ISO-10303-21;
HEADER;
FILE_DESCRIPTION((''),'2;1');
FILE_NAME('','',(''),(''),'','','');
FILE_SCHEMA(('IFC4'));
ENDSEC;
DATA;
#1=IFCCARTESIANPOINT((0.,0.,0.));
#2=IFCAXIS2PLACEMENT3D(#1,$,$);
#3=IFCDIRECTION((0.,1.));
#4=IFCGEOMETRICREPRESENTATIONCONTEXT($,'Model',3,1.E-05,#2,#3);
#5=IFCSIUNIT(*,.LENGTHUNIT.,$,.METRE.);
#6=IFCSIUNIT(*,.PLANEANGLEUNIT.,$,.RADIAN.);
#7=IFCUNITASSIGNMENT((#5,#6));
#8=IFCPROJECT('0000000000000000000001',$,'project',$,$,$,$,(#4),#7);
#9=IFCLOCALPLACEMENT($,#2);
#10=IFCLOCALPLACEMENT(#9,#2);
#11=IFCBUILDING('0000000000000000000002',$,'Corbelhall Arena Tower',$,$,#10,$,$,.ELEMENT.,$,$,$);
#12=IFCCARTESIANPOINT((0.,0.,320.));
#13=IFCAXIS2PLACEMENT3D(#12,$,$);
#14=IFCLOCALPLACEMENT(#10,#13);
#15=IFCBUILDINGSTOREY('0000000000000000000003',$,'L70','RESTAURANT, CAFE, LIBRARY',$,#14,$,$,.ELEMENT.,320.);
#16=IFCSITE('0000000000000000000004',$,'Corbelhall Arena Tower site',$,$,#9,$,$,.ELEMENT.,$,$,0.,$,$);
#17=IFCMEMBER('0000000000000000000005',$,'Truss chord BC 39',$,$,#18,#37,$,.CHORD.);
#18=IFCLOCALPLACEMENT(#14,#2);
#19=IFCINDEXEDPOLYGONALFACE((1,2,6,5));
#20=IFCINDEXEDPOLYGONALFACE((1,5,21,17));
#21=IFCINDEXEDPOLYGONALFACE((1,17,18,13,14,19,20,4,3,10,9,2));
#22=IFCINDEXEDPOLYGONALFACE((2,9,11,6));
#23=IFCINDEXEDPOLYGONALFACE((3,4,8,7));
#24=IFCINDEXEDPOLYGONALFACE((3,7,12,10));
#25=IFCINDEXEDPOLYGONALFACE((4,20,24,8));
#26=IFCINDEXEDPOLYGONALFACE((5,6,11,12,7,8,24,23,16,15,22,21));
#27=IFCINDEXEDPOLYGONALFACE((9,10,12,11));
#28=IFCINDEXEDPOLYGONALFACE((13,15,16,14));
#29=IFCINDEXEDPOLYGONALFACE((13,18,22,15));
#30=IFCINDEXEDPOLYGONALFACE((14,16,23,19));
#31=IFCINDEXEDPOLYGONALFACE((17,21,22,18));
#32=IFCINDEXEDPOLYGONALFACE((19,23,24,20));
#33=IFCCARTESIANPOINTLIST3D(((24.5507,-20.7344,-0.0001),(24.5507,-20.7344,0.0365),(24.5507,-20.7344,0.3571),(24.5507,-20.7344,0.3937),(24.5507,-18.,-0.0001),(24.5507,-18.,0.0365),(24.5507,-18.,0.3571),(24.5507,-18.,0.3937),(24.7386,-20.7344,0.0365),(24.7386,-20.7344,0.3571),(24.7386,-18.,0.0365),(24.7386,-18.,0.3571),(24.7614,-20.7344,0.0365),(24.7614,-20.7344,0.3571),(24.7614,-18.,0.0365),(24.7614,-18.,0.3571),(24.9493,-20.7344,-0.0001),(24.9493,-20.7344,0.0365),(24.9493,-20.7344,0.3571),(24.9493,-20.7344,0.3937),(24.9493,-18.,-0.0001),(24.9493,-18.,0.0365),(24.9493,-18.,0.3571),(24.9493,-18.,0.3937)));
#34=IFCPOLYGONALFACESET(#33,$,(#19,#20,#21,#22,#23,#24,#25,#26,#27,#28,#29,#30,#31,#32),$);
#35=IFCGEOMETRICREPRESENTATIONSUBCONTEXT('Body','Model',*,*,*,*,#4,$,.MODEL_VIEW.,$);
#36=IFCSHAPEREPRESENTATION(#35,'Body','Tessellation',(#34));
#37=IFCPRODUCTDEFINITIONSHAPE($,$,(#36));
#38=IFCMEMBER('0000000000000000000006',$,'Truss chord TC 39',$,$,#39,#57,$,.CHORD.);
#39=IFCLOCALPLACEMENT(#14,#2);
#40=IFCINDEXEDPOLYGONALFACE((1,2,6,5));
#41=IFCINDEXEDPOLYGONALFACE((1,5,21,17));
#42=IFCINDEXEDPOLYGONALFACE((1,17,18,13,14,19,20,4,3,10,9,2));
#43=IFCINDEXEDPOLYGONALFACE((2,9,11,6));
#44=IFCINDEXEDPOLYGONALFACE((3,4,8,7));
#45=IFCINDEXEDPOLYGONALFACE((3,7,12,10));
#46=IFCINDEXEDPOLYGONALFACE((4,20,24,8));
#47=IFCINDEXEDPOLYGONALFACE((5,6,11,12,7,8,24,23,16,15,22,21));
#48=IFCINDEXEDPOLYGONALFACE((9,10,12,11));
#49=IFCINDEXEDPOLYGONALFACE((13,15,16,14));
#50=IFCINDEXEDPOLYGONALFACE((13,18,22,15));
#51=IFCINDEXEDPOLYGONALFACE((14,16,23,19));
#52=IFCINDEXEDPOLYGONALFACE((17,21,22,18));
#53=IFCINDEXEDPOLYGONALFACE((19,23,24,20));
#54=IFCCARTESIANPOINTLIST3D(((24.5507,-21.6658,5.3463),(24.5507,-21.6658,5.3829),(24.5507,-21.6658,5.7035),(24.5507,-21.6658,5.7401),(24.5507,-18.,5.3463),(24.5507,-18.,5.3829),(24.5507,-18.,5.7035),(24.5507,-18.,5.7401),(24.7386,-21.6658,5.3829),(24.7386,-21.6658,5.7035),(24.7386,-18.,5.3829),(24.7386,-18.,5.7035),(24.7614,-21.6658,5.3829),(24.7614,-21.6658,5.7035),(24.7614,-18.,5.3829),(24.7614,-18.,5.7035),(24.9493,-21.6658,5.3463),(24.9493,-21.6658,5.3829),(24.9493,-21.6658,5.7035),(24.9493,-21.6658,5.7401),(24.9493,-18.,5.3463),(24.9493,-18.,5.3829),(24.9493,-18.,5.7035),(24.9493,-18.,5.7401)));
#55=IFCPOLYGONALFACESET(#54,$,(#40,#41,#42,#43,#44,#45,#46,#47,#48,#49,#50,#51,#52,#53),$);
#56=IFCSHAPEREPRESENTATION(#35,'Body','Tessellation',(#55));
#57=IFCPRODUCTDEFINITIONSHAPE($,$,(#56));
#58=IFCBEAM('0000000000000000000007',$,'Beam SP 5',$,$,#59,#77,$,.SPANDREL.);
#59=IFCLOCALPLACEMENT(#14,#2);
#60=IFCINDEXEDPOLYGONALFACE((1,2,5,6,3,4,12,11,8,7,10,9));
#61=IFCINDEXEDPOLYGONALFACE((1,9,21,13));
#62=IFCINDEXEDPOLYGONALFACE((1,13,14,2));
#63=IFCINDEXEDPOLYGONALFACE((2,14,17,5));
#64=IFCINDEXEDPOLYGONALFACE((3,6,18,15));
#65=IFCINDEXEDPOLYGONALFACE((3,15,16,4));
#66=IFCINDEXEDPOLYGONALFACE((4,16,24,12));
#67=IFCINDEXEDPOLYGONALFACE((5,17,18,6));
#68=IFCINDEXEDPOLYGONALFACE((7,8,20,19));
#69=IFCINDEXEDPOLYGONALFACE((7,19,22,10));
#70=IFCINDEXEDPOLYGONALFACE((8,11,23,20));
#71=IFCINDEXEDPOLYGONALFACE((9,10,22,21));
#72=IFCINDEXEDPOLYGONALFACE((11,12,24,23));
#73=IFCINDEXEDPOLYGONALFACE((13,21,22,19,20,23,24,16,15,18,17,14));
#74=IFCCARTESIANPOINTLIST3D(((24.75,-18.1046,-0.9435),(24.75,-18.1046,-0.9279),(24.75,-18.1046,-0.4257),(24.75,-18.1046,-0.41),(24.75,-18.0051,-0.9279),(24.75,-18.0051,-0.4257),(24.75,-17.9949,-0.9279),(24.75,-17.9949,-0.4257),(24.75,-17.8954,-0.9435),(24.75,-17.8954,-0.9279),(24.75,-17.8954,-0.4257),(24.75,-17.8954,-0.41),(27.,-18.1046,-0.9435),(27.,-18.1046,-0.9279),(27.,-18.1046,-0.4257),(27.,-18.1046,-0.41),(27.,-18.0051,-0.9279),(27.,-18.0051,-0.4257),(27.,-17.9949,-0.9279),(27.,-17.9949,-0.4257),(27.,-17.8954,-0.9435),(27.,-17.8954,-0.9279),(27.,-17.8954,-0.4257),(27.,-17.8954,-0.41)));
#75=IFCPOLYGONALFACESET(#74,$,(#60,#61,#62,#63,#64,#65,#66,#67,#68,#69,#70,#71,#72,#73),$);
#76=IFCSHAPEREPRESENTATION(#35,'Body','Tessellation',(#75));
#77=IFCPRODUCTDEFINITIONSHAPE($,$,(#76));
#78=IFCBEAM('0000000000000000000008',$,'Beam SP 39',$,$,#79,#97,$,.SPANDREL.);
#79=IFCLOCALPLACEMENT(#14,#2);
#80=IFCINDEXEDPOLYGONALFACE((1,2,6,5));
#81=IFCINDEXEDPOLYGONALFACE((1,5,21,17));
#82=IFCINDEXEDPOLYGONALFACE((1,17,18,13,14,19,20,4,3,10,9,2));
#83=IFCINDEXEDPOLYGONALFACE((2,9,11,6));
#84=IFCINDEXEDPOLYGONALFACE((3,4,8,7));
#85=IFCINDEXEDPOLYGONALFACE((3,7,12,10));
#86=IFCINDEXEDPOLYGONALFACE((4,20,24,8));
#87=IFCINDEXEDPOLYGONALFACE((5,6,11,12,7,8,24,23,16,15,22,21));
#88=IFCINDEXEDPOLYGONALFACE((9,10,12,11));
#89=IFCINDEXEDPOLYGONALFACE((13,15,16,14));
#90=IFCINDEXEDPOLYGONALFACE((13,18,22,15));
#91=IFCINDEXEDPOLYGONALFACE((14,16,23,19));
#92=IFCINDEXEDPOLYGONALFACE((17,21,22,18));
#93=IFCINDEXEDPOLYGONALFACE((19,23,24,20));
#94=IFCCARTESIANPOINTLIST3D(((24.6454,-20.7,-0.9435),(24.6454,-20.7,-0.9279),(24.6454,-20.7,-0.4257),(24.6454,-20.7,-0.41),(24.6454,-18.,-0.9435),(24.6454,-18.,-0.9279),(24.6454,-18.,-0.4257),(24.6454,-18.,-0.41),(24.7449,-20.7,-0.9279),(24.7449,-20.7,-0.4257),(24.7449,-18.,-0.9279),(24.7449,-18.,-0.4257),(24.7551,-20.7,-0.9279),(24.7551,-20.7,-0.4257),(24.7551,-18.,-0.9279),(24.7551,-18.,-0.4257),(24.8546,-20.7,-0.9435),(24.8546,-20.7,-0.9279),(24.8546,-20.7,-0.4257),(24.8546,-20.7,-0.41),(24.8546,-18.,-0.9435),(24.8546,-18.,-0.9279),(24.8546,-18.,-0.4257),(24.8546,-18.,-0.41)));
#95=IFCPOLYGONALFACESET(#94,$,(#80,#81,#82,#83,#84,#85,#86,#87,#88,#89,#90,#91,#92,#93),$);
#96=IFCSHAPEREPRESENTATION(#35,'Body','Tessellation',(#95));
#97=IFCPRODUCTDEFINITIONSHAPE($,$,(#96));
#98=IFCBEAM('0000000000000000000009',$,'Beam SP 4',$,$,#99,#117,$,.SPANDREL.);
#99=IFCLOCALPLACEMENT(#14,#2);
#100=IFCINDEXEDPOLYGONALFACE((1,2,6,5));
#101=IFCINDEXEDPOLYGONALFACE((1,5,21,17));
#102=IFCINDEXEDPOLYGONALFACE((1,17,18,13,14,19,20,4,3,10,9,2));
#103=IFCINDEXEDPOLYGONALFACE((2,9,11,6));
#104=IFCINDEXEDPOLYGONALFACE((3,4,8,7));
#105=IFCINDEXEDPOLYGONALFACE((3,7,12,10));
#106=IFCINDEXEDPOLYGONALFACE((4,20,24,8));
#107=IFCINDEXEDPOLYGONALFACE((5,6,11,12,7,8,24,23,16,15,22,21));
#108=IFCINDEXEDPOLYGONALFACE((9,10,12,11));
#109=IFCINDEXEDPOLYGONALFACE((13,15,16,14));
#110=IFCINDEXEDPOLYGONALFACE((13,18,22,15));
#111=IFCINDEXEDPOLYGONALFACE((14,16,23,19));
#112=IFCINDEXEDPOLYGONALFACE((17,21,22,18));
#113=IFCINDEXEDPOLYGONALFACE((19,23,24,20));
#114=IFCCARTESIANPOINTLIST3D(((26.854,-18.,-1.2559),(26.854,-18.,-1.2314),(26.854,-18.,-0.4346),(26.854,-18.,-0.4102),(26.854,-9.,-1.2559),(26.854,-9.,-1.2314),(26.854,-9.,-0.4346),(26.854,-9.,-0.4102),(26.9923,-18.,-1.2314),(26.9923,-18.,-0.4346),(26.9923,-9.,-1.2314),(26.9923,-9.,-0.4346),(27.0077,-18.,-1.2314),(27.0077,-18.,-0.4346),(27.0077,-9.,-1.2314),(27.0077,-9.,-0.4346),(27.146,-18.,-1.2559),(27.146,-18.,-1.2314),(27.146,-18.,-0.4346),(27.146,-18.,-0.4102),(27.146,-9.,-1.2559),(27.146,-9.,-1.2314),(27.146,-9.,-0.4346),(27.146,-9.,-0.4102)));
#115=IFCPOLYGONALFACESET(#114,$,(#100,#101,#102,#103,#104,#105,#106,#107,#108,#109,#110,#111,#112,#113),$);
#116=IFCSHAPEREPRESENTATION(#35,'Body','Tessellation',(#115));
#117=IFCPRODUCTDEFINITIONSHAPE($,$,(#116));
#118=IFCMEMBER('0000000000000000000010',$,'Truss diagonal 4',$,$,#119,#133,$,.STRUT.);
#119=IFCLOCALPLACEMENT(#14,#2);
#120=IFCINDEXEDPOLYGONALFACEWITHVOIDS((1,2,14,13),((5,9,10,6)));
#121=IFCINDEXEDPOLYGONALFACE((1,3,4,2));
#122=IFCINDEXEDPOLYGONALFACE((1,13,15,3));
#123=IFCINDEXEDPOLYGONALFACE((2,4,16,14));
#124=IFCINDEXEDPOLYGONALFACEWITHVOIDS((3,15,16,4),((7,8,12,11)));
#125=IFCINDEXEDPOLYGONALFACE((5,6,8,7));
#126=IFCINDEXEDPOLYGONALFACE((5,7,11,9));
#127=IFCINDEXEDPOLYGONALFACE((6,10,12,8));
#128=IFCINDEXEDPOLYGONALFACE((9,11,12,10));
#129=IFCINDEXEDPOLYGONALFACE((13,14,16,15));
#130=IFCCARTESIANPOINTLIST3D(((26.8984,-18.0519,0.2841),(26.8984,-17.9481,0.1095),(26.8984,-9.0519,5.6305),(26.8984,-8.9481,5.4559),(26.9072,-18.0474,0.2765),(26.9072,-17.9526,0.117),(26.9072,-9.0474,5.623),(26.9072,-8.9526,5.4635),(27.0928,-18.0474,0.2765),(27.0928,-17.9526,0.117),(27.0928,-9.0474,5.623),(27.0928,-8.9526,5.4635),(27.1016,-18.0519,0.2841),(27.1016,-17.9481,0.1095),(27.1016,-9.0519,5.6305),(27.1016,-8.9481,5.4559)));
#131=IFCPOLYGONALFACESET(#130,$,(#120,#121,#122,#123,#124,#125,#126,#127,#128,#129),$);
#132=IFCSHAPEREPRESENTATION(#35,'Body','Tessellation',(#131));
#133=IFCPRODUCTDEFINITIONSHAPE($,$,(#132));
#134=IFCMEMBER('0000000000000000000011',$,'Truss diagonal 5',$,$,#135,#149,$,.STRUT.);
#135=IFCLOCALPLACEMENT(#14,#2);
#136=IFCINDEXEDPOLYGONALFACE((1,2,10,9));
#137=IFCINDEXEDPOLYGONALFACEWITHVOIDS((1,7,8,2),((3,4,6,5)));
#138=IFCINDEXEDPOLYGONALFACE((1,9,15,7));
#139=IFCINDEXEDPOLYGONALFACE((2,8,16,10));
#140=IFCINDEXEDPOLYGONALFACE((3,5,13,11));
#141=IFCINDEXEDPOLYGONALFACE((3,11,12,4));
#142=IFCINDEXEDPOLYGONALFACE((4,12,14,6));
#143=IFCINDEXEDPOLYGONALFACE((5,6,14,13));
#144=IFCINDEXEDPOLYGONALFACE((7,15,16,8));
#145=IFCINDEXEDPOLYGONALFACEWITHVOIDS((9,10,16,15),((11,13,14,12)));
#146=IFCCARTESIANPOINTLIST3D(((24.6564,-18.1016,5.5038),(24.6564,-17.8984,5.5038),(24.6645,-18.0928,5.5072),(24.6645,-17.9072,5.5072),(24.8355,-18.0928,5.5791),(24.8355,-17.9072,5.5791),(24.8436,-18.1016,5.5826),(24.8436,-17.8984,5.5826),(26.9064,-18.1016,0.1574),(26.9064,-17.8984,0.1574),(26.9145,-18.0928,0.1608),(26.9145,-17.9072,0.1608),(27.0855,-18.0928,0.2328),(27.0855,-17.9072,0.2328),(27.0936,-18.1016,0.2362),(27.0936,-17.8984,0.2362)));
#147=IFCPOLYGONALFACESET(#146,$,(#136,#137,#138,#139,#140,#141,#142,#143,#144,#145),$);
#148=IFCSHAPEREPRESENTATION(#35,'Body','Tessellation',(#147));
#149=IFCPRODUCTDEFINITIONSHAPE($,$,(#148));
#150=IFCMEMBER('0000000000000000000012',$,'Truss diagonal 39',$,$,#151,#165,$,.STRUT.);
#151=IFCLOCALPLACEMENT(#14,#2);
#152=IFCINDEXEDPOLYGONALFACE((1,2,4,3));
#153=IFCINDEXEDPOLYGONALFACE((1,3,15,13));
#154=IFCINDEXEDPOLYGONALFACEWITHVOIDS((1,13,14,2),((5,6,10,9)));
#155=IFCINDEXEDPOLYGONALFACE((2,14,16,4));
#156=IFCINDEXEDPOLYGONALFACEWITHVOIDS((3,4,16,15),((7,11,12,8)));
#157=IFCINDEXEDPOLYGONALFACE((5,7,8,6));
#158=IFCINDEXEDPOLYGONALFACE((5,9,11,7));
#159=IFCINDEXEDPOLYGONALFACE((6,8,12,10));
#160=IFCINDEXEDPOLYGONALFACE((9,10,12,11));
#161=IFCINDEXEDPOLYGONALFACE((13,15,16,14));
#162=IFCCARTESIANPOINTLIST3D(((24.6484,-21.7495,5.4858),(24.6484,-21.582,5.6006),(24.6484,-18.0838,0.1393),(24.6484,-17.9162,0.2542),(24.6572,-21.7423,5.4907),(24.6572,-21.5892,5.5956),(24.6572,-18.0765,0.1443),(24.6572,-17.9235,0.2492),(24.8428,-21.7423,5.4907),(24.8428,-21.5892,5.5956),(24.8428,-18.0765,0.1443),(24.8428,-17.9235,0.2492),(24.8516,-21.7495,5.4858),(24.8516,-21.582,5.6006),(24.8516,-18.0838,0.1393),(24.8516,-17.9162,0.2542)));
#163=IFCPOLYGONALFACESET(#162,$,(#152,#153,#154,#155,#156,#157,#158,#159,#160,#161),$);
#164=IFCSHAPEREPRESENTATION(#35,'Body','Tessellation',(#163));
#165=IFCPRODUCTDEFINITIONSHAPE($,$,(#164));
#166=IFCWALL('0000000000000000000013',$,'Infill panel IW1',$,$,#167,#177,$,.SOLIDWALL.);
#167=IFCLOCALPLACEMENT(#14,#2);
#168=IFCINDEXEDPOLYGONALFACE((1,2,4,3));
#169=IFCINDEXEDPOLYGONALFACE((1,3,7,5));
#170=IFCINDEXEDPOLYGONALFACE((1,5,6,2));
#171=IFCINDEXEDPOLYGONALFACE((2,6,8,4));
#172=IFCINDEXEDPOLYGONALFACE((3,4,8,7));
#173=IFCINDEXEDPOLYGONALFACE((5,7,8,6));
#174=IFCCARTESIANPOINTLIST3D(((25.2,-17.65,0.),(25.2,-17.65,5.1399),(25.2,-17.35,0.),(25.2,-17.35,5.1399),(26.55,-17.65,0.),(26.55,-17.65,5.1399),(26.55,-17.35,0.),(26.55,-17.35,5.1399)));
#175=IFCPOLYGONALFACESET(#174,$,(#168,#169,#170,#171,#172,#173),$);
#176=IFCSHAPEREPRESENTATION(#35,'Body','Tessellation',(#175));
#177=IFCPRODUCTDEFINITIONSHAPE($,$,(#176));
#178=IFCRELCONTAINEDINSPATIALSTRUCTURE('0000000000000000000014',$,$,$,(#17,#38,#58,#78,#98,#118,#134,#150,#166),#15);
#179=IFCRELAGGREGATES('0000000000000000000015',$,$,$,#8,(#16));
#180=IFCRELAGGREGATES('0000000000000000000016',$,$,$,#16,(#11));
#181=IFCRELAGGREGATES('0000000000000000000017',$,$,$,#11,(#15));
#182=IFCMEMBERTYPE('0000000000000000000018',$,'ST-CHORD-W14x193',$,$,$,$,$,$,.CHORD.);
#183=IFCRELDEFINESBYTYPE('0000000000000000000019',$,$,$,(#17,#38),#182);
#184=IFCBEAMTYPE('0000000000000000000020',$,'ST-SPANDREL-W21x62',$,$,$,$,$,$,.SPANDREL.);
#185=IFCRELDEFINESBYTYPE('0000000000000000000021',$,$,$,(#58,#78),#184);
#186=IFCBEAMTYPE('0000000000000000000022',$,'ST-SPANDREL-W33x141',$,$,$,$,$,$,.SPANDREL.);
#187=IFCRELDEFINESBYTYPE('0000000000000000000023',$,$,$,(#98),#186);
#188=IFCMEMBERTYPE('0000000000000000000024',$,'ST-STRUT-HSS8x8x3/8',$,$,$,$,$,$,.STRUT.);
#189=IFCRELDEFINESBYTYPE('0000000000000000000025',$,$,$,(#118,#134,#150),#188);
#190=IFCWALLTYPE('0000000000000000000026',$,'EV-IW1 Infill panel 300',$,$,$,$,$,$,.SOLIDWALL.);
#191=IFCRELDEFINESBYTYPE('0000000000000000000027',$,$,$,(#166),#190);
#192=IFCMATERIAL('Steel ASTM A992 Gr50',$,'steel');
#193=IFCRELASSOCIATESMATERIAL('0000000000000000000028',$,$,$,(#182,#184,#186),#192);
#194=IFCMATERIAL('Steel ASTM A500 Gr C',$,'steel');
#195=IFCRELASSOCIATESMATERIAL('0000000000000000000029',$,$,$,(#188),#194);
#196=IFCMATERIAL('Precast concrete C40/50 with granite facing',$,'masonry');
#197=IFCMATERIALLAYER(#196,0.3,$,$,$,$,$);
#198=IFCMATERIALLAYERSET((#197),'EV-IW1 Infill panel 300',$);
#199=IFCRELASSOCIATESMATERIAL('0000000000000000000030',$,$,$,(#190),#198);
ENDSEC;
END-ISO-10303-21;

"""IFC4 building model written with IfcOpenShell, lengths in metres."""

from ifc_helpers import new_model, si_unit, direction, frame, frame_2d, origin, origin_2d, place, context, subcontext, project, spatial, rectangle, hollow_rectangle, i_section, extrude, material, layer, layer_set, material_profile, profile_set, type_object, element, save


model = new_model("IFC4")

# Units and contexts
model_context = context("Model", 3, precision=1e-05, world=origin(), true_north=direction((0.0, 1.0)))
body_context = subcontext(model_context, "Body", "Model", "MODEL_VIEW")
ifc_project = project(units=[si_unit("LENGTHUNIT", "METRE"), si_unit("PLANEANGLEUNIT", "RADIAN")], contexts=[model_context])

# Site, building, storey
site_placement = place(None, origin())
site = spatial("IfcSite", under=ifc_project, at=site_placement, Name="Corbelhall Arena Tower site", CompositionType="ELEMENT", RefElevation=0.0)
building_placement = place(site_placement, origin())
building = spatial("IfcBuilding", under=site, at=building_placement, Name="Corbelhall Arena Tower", CompositionType="ELEMENT")
storey_placement = place(building_placement, frame((0.0, 0.0, 320.0)))
storey = spatial("IfcBuildingStorey", under=building, at=storey_placement, Name="L70", Description="RESTAURANT, CAFE, LIBRARY", CompositionType="ELEMENT", Elevation=320.0)

# Shared definitions
ifc_material_1 = material(Name="Steel ASTM A992 Gr50", Category="steel")

# Members
ifc_material_profile_1 = material_profile(ifc_material_1, i_section(OverallWidth=0.3987, OverallDepth=0.3938, WebThickness=0.0227, FlangeThickness=0.0366, at=origin_2d()))
ifc_profile_set_1 = profile_set([ifc_material_profile_1], Name="Steel ASTM A992 Gr50")
member_type_1 = type_object("IfcMemberType", Name="ST-CHORD-W14x193", PredefinedType="CHORD", material=ifc_profile_set_1)
member_1_placement = place(storey_placement, frame((24.75, -18.0, 0.1968), z_axis=(0.0, -1.0, 0.0), x_axis=(1.0, 0.0, 0.0)))
element("IfcMember", 1, at=member_1_placement, inside=storey, type_object=member_type_1, Name="Truss chord BC 39", PredefinedType="CHORD", context=body_context, shape_type="SweptSolid", body=[
    extrude(i_section(OverallWidth=0.3987, OverallDepth=0.3938, WebThickness=0.0227, FlangeThickness=0.0366, at=origin_2d()), origin(), (0.0, 0.0, 1.0), 2.7344),
])
member_2_placement = place(storey_placement, frame((24.75, -18.0, 5.5432), z_axis=(0.0, -1.0, 0.0), x_axis=(1.0, 0.0, 0.0)))
element("IfcMember", 2, at=member_2_placement, inside=storey, type_object=member_type_1, Name="Truss chord TC 39", PredefinedType="CHORD", context=body_context, shape_type="SweptSolid", body=[
    extrude(i_section(OverallWidth=0.3987, OverallDepth=0.3938, WebThickness=0.0227, FlangeThickness=0.0366, at=origin_2d()), origin(), (0.0, 0.0, 1.0), 3.6658),
])

# Beams
ifc_material_profile_2 = material_profile(ifc_material_1, i_section(OverallWidth=0.2092, OverallDepth=0.5334, WebThickness=0.0103, FlangeThickness=0.0156, at=origin_2d()))
ifc_profile_set_2 = profile_set([ifc_material_profile_2], Name="Steel ASTM A992 Gr50")
beam_type_1 = type_object("IfcBeamType", Name="ST-SPANDREL-W21x62", PredefinedType="SPANDREL", material=ifc_profile_set_2)
beam_1_placement = place(storey_placement, frame((27.0, -18.0, -0.6768), z_axis=(-1.0, 0.0, 0.0), x_axis=(0.0, -1.0, 0.0)))
element("IfcBeam", 3, at=beam_1_placement, inside=storey, type_object=beam_type_1, Name="Beam SP 5", PredefinedType="SPANDREL", context=body_context, shape_type="SweptSolid", body=[
    extrude(i_section(OverallWidth=0.2092, OverallDepth=0.5334, WebThickness=0.0103, FlangeThickness=0.0156, at=origin_2d()), origin(), (0.0, 0.0, 1.0), 2.25),
])
beam_2_placement = place(storey_placement, frame((24.75, -18.0, -0.6768), z_axis=(0.0, -1.0, 0.0), x_axis=(1.0, 0.0, 0.0)))
element("IfcBeam", 4, at=beam_2_placement, inside=storey, type_object=beam_type_1, Name="Beam SP 39", PredefinedType="SPANDREL", context=body_context, shape_type="SweptSolid", body=[
    extrude(i_section(OverallWidth=0.2092, OverallDepth=0.5334, WebThickness=0.0103, FlangeThickness=0.0156, at=origin_2d()), origin(), (0.0, 0.0, 1.0), 2.7),
])
ifc_material_profile_3 = material_profile(ifc_material_1, i_section(OverallWidth=0.292, OverallDepth=0.8457, WebThickness=0.0154, FlangeThickness=0.0244, at=origin_2d()))
ifc_profile_set_3 = profile_set([ifc_material_profile_3], Name="Steel ASTM A992 Gr50")
beam_type_2 = type_object("IfcBeamType", Name="ST-SPANDREL-W33x141", PredefinedType="SPANDREL", material=ifc_profile_set_3)
beam_3_placement = place(storey_placement, frame((27.0, -9.0, -0.833), z_axis=(0.0, -1.0, 0.0), x_axis=(1.0, 0.0, 0.0)))
element("IfcBeam", 5, at=beam_3_placement, inside=storey, type_object=beam_type_2, Name="Beam SP 4", PredefinedType="SPANDREL", context=body_context, shape_type="SweptSolid", body=[
    extrude(i_section(OverallWidth=0.292, OverallDepth=0.8457, WebThickness=0.0154, FlangeThickness=0.0244, at=origin_2d()), origin(), (0.0, 0.0, 1.0), 9.0),
])

# Members
ifc_material_2 = material(Name="Steel ASTM A500 Gr C", Category="steel")
ifc_material_profile_4 = material_profile(ifc_material_2, hollow_rectangle(XDim=0.2031, YDim=0.2031, WallThickness=0.0088, at=origin_2d()))
ifc_profile_set_4 = profile_set([ifc_material_profile_4], Name="Steel ASTM A500 Gr C")
member_type_2 = type_object("IfcMemberType", Name="ST-STRUT-HSS8x8x3/8", PredefinedType="STRUT", material=ifc_profile_set_4)
member_3_placement = place(storey_placement, frame((27.0, -18.0, 0.1968), z_axis=(0.0, 0.859742, 0.510728), x_axis=(-1.0, 0.0, 0.0)))
element("IfcMember", 6, at=member_3_placement, inside=storey, type_object=member_type_2, Name="Truss diagonal 4", PredefinedType="STRUT", context=body_context, shape_type="SweptSolid", body=[
    extrude(hollow_rectangle(XDim=0.2031, YDim=0.2031, WallThickness=0.0088, at=origin_2d()), origin(), (0.0, 0.0, 1.0), 10.4683),
])
member_4_placement = place(storey_placement, frame((27.0, -18.0, 0.1968), z_axis=(-0.387891, 0.0, 0.921705), x_axis=(0.0, -1.0, 0.0)))
element("IfcMember", 7, at=member_4_placement, inside=storey, type_object=member_type_2, Name="Truss diagonal 5", PredefinedType="STRUT", context=body_context, shape_type="SweptSolid", body=[
    extrude(hollow_rectangle(XDim=0.2031, YDim=0.2031, WallThickness=0.0088, at=origin_2d()), origin(), (0.0, 0.0, 1.0), 5.8005),
])
member_5_placement = place(storey_placement, frame((24.75, -18.0, 0.1968), z_axis=(0.0, -0.565491, 0.824754), x_axis=(1.0, 0.0, 0.0)))
element("IfcMember", 8, at=member_5_placement, inside=storey, type_object=member_type_2, Name="Truss diagonal 39", PredefinedType="STRUT", context=body_context, shape_type="SweptSolid", body=[
    extrude(hollow_rectangle(XDim=0.2031, YDim=0.2031, WallThickness=0.0088, at=origin_2d()), origin(), (0.0, 0.0, 1.0), 6.4824),
])

# Wall
ifc_material_3 = material(Name="Precast concrete C40/50 with granite facing", Category="masonry")
ifc_layer_1 = layer(ifc_material_3, 0.3)
ifc_layer_set_1 = layer_set([ifc_layer_1], Name="EV-IW1 Infill panel 300")
wall_type_1 = type_object("IfcWallType", Name="EV-IW1 Infill panel 300", PredefinedType="SOLIDWALL", material=ifc_layer_set_1)
wall_1_placement = place(storey_placement, frame((25.2, -17.5, 0.0), z_axis=(0.0, 0.0, 1.0), x_axis=(1.0, 0.0, 0.0)))
element("IfcWall", 9, at=wall_1_placement, inside=storey, type_object=wall_type_1, Name="Infill panel IW1", PredefinedType="SOLIDWALL", context=body_context, shape_type="SweptSolid", body=[
    extrude(rectangle(XDim=1.3501, YDim=0.3, at=frame_2d((0.675, 0.0))), origin(), (0.0, 0.0, 1.0), 5.1399),
])

save(model, "model.ifc")
